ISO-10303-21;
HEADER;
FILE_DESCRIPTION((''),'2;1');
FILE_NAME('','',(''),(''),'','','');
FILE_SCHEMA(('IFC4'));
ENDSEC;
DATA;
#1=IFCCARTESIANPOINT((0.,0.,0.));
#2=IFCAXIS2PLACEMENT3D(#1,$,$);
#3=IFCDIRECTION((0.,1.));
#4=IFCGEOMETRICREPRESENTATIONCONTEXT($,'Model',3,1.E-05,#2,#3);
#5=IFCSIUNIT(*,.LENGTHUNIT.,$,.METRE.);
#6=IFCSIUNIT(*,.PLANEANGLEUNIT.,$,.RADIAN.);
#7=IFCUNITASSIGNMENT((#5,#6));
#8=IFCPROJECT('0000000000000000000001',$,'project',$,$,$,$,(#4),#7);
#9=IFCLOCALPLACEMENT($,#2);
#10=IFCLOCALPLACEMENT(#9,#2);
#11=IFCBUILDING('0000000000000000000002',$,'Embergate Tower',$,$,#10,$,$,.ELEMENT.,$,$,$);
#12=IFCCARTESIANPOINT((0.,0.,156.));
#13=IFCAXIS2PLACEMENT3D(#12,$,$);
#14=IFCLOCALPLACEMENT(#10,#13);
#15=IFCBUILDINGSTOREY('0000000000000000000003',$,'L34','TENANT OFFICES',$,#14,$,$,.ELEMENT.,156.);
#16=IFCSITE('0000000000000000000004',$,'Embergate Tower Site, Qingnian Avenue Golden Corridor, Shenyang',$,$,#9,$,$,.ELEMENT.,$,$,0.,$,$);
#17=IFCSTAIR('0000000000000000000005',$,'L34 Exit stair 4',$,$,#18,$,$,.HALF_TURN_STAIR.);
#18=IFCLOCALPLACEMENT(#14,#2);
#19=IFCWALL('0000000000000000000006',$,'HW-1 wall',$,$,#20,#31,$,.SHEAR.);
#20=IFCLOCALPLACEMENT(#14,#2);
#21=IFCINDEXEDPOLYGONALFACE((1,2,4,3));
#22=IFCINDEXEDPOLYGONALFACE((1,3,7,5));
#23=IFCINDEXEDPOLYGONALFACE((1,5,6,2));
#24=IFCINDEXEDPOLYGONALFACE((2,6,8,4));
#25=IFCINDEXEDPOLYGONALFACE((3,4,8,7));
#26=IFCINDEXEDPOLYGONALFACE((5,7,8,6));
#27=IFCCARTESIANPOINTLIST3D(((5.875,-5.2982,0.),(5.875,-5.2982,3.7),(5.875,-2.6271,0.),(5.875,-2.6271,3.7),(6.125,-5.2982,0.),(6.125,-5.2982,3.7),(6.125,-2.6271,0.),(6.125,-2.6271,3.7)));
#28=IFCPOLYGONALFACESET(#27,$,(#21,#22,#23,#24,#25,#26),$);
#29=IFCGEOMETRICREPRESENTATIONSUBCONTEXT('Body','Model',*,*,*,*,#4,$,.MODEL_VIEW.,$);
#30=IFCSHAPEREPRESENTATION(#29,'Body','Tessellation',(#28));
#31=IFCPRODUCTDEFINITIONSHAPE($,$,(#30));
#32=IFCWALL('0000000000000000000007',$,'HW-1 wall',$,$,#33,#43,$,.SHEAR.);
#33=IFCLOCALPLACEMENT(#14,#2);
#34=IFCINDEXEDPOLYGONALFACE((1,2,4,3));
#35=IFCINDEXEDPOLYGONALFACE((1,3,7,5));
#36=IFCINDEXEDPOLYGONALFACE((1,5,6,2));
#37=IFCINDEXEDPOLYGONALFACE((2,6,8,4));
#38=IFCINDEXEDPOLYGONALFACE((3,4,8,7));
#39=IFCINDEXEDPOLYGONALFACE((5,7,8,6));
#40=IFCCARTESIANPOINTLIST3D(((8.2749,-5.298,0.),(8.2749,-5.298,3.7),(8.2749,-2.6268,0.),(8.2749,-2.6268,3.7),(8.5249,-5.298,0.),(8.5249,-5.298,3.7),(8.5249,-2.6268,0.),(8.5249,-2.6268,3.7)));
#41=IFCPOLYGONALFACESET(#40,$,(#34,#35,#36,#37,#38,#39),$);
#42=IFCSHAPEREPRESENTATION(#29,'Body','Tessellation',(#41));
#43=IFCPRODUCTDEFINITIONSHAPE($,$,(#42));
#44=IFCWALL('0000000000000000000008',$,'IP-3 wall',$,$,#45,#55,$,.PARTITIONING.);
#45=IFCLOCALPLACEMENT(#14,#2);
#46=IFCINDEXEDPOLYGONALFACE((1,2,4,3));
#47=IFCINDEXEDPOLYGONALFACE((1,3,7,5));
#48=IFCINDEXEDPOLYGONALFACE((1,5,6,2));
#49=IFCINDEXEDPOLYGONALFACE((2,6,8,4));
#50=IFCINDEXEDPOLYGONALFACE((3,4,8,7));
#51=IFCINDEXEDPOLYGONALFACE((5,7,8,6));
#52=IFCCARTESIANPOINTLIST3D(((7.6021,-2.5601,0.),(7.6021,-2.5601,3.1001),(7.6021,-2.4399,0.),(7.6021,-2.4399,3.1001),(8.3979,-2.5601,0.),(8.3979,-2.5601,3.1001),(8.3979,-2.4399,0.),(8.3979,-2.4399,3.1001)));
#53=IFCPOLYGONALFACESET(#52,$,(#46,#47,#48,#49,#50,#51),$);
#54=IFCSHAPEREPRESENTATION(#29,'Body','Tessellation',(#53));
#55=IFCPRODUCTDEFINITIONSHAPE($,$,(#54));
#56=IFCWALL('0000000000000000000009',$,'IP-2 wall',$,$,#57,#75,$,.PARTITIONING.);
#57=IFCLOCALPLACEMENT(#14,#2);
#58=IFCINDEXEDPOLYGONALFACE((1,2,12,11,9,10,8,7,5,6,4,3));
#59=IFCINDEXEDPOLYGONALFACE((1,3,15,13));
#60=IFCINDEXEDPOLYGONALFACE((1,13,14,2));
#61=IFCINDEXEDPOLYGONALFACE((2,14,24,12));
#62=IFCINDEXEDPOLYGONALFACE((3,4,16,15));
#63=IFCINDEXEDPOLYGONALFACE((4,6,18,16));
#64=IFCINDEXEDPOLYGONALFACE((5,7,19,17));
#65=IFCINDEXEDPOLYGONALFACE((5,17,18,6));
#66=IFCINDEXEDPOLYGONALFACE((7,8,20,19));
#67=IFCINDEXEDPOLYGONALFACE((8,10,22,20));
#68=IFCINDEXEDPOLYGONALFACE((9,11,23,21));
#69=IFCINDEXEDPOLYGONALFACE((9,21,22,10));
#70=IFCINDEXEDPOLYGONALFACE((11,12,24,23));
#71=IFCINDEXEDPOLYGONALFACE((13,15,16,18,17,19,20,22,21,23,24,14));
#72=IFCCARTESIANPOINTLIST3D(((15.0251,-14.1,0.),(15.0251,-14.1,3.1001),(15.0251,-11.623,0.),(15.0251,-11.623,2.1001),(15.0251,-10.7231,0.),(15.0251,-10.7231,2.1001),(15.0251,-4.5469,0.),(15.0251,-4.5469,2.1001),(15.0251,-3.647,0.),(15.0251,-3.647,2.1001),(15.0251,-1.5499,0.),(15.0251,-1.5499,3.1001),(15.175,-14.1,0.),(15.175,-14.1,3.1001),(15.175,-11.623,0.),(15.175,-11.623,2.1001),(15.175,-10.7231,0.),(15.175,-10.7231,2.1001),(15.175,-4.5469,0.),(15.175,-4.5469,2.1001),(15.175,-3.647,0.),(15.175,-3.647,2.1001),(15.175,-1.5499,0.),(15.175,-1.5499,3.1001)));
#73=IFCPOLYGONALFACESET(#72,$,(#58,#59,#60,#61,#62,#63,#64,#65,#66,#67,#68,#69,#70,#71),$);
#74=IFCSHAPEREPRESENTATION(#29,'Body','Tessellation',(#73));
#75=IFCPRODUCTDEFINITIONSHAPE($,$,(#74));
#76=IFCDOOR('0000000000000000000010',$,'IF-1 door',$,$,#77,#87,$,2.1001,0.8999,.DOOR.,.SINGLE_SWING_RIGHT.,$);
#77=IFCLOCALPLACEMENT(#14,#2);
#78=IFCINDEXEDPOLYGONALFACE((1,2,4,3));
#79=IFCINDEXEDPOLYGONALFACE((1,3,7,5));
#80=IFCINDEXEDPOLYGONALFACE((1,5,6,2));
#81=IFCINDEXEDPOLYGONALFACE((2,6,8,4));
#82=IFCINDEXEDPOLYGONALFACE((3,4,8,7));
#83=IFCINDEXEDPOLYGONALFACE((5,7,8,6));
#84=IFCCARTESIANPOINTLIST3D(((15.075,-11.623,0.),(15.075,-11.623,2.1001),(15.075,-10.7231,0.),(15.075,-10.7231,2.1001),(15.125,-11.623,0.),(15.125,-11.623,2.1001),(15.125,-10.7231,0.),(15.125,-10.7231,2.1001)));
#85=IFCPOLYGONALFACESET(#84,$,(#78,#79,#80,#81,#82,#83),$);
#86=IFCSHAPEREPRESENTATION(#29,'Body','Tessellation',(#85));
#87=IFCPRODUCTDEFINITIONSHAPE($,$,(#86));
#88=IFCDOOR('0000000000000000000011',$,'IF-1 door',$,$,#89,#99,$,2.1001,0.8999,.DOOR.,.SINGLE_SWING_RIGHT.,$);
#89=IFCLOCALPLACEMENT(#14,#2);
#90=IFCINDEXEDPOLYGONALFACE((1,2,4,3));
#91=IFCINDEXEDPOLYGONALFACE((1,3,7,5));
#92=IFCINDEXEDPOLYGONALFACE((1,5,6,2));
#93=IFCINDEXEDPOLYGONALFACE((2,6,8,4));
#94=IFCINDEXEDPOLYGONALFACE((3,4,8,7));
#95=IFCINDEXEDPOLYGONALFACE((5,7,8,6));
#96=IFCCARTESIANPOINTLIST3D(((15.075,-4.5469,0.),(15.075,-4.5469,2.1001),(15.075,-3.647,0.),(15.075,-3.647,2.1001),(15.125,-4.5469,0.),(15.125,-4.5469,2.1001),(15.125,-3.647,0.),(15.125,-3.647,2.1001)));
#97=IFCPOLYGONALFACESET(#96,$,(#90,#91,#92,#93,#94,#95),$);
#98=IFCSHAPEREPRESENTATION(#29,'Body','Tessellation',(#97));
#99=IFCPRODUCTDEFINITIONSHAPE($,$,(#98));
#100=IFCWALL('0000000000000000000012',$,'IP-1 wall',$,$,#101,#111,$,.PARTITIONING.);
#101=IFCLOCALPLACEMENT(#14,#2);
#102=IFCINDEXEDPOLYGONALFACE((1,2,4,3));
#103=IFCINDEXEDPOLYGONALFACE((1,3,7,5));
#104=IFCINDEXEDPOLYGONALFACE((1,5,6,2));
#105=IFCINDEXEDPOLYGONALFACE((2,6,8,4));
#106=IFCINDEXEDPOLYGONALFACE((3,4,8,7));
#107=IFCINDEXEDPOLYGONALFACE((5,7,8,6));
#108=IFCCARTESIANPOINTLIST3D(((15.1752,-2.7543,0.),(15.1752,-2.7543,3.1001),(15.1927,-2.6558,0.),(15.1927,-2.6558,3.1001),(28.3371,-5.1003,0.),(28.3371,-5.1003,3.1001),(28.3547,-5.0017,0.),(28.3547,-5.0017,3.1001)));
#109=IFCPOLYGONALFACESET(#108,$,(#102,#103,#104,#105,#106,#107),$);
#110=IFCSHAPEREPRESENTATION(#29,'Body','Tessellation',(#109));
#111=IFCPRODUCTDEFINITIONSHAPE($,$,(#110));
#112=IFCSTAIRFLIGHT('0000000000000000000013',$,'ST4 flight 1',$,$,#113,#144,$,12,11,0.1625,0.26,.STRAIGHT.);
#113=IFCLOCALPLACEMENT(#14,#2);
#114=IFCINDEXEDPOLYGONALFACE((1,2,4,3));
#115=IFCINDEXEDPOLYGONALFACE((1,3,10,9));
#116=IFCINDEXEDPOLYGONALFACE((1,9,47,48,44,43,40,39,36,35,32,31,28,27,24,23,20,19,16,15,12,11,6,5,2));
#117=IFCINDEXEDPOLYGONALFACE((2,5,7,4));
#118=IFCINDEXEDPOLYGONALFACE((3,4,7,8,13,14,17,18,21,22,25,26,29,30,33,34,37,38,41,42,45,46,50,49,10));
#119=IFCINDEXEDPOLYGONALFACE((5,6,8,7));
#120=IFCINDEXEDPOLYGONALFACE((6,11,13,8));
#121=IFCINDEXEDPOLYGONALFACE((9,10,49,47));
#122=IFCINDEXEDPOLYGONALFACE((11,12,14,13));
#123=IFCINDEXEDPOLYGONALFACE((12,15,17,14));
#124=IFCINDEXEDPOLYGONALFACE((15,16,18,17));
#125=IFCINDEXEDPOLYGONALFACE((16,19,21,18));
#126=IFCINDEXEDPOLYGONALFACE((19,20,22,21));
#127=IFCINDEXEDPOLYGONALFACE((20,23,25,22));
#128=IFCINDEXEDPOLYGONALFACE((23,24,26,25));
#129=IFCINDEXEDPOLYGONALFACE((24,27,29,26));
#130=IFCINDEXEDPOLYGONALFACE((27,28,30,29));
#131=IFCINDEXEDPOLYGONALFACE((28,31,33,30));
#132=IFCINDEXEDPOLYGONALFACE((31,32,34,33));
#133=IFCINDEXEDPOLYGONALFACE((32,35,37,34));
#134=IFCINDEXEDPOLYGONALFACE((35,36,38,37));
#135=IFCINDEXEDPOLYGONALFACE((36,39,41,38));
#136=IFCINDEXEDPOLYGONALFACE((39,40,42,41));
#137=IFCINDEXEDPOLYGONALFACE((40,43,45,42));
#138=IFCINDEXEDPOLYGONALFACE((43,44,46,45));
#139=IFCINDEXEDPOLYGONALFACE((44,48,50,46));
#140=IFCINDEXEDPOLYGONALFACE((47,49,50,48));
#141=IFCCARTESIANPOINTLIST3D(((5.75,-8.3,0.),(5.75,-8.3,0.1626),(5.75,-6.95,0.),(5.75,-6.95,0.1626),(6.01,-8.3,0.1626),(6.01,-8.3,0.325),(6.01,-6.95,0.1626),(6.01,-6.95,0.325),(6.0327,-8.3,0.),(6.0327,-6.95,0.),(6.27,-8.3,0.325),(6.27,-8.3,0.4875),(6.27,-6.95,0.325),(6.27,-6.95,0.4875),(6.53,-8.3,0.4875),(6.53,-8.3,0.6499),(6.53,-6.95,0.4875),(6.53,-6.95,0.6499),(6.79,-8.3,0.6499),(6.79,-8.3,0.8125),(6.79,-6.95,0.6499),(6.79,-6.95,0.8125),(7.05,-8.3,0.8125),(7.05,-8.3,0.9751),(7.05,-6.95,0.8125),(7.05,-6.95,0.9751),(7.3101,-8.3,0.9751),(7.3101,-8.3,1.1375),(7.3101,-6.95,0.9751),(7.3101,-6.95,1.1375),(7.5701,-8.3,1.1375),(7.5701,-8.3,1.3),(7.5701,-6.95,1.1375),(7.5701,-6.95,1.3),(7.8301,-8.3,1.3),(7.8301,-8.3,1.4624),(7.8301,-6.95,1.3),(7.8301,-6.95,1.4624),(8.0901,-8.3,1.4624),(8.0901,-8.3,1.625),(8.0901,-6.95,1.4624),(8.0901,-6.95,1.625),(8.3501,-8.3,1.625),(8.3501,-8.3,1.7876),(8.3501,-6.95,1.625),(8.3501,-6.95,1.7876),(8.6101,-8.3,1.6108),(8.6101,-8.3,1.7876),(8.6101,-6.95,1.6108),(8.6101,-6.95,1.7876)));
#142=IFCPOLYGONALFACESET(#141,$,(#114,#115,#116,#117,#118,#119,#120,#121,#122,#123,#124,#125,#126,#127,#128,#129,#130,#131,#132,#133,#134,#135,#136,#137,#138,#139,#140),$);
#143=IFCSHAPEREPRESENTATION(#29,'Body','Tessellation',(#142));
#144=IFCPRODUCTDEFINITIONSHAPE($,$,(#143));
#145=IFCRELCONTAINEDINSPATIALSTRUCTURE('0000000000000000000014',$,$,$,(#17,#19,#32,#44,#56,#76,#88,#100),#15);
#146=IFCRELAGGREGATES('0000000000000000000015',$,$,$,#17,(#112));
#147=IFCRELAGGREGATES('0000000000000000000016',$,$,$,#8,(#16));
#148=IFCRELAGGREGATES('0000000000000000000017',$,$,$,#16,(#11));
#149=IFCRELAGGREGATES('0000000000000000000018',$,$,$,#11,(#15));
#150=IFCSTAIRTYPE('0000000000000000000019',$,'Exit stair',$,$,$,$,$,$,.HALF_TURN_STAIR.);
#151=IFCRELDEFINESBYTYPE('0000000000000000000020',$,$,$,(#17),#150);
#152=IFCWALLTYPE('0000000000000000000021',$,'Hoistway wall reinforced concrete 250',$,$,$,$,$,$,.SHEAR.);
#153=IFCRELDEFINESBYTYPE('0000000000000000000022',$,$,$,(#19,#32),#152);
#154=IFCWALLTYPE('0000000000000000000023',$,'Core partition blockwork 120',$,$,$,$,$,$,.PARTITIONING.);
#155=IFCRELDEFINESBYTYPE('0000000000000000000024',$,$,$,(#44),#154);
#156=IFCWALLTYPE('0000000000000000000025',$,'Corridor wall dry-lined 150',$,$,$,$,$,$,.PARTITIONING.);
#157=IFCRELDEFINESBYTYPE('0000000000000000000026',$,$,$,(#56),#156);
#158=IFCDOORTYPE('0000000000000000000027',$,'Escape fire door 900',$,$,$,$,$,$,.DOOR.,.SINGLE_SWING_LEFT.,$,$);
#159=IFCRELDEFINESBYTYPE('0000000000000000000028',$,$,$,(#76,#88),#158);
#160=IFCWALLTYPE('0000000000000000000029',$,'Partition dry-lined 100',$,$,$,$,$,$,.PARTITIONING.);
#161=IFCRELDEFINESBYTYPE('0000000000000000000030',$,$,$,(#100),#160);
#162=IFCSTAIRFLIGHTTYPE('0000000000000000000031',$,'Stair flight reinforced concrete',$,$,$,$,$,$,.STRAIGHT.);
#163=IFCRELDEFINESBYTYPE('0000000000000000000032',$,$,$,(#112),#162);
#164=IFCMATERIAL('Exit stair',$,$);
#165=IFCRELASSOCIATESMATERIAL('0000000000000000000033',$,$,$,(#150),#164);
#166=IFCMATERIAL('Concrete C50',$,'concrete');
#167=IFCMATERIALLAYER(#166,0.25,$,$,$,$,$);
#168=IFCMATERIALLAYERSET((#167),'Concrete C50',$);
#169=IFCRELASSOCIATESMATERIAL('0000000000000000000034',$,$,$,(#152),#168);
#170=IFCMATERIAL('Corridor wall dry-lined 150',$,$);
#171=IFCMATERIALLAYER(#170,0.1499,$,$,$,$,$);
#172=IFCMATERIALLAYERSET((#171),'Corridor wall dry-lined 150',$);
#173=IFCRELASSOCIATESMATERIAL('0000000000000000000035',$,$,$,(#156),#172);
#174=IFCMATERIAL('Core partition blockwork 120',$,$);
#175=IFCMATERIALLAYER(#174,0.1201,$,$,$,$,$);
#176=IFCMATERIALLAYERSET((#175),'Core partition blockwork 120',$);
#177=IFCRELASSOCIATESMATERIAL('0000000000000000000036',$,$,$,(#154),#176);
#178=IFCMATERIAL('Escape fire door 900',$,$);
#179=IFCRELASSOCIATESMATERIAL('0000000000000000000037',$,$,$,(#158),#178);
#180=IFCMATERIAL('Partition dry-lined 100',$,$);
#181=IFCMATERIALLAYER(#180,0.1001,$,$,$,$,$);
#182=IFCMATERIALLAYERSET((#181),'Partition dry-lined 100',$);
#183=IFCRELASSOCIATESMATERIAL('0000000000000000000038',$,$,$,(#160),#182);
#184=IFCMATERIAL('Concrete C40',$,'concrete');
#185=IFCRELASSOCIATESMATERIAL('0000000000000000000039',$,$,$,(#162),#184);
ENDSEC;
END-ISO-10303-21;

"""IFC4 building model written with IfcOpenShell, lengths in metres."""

from ifc_helpers import new_model, si_unit, direction, frame, frame_2d, origin, place, context, subcontext, project, spatial, polyline, rectangle, outline, extrude, source, transform, mapped, material, layer, layer_set, type_object, element, fill, aggregate, save


model = new_model("IFC4")

# Units and contexts
model_context = context("Model", 3, precision=1e-05, world=origin(), true_north=direction((0.0, 1.0)))
body_context = subcontext(model_context, "Body", "Model", "MODEL_VIEW")
ifc_project = project(units=[si_unit("LENGTHUNIT", "METRE"), si_unit("PLANEANGLEUNIT", "RADIAN")], contexts=[model_context])

# Site, building, storey
site_placement = place(None, origin())
site = spatial("IfcSite", under=ifc_project, at=site_placement, Name="Embergate Tower Site, Qingnian Avenue Golden Corridor, Shenyang", CompositionType="ELEMENT", RefElevation=0.0)
building_placement = place(site_placement, origin())
building = spatial("IfcBuilding", under=site, at=building_placement, Name="Embergate Tower", CompositionType="ELEMENT")
storey_placement = place(building_placement, frame((0.0, 0.0, 156.0)))
storey = spatial("IfcBuildingStorey", under=building, at=storey_placement, Name="L34", Description="TENANT OFFICES", CompositionType="ELEMENT", Elevation=156.0)

# Stair
ifc_material_1 = material(Name="Exit stair")
stair_type = type_object("IfcStairType", Name="Exit stair", PredefinedType="HALF_TURN_STAIR", material=ifc_material_1)
stair_placement = place(storey_placement, origin())
stair = element("IfcStair", 1, at=stair_placement, inside=storey, type_object=stair_type, Name="L34 Exit stair 4", PredefinedType="HALF_TURN_STAIR")
ifc_material_2 = material(Name="Concrete C40", Category="concrete")

# Shared definitions
ifc_material_3 = material(Name="Concrete C50", Category="concrete")
ifc_layer_1 = layer(ifc_material_3, 0.25)
ifc_layer_set_1 = layer_set([ifc_layer_1], Name="Concrete C50")
wall_type_1 = type_object("IfcWallType", Name="Hoistway wall reinforced concrete 250", PredefinedType="SHEAR", material=ifc_layer_set_1)

# Shared definitions
ifc_material_4 = material(Name="Corridor wall dry-lined 150")
ifc_layer_2 = layer(ifc_material_4, 0.1499)
ifc_layer_set_2 = layer_set([ifc_layer_2], Name="Corridor wall dry-lined 150")
wall_type_2 = type_object("IfcWallType", Name="Corridor wall dry-lined 150", PredefinedType="PARTITIONING", material=ifc_layer_set_2)

# Shared definitions
ifc_material_5 = material(Name="Core partition blockwork 120")
ifc_layer_3 = layer(ifc_material_5, 0.1201)
ifc_layer_set_3 = layer_set([ifc_layer_3], Name="Core partition blockwork 120")
wall_type_3 = type_object("IfcWallType", Name="Core partition blockwork 120", PredefinedType="PARTITIONING", material=ifc_layer_set_3)

# Shared definitions
shared_shape_1 = source(origin(), body_context, "Body", "SweptSolid", [
    extrude(rectangle(XDim=0.8999, YDim=2.1001, at=frame_2d((0.45, 1.05))), frame((0.0, 0.0249, 0.0), z_axis=(0.0, -1.0, 0.0), x_axis=(1.0, 0.0, 0.0)), (0.0, 0.0, 1.0), 0.05),
])

# Walls
shared_shape_2 = source(origin(), body_context, "Body", "SweptSolid", [
    extrude(rectangle(XDim=2.6711, YDim=0.25, at=frame_2d((1.3354, 0.0))), origin(), (0.0, 0.0, 1.0), 3.7),
])
for number, where, z_axis, x_axis, name in (
    (2, (6.0, -5.2981, 0.0), (0.0, 0.0, 1.0), (0.0, 1.0, 0.0), "HW-1 wall"),
    (3, (8.3999, -2.627, 0.0), (0.0, 0.0, 1.0), (0.0, -1.0, 0.0), "HW-1 wall"),
):
    element("IfcWall", number, at=place(storey_placement, frame(where, z_axis=z_axis, x_axis=x_axis)), inside=storey, type_object=wall_type_1, Name=name, PredefinedType="SHEAR", context=body_context, shape_type="MappedRepresentation", body=[
        mapped(shared_shape_2, transform((0.0, 0.0, 0.0))),
    ])
shared_shape_3 = source(origin(), body_context, "Body", "SweptSolid", [
    extrude(rectangle(XDim=0.7959, YDim=0.1201, at=frame_2d((0.3979, 0.0))), origin(), (0.0, 0.0, 1.0), 3.1001),
])
wall_1_placement = place(storey_placement, frame((7.6021, -2.5, 0.0), z_axis=(0.0, 0.0, 1.0), x_axis=(1.0, 0.0, 0.0)))
element("IfcWall", 4, at=wall_1_placement, inside=storey, type_object=wall_type_3, Name="IP-3 wall", PredefinedType="PARTITIONING", context=body_context, shape_type="MappedRepresentation", body=[
    mapped(shared_shape_3, transform((0.0, 0.0, 0.0))),
])

# Wall, openings, doors
shared_shape_4 = source(origin(), body_context, "Body", "SweptSolid", [
    extrude(rectangle(XDim=12.55, YDim=0.1499, at=frame_2d((6.2749, 0.0))), origin(), (0.0, 0.0, 1.0), 3.1001),
])
wall_2_placement = place(storey_placement, frame((15.1001, -1.55, 0.0), z_axis=(0.0, 0.0, 1.0), x_axis=(0.0, -1.0, 0.0)))
wall_2 = element("IfcWall", 5, at=wall_2_placement, inside=storey, type_object=wall_type_2, Name="IP-2 wall", PredefinedType="PARTITIONING", context=body_context, shape_type="MappedRepresentation", body=[
    mapped(shared_shape_4, transform((0.0, 0.0, 0.0))),
])
shared_shape_5 = source(origin(), body_context, "Body", "SweptSolid", [
    extrude(rectangle(XDim=0.8999, YDim=2.1001, at=frame_2d((0.45, 1.05))), frame((0.0, 0.085, 0.0), z_axis=(0.0, -1.0, 0.0), x_axis=(1.0, 0.0, 0.0)), (0.0, 0.0, 1.0), 0.1699),
])
opening_1_placement = place(wall_2_placement, frame((9.1731, 0.0, 0.0)))
opening_1 = element("IfcOpeningElement", 6, at=opening_1_placement, cuts=wall_2, PredefinedType="OPENING", context=body_context, shape_type="MappedRepresentation", body=[
    mapped(shared_shape_5, transform((0.0, 0.0, 0.0))),
])
opening_2_placement = place(wall_2_placement, frame((2.0969, 0.0, 0.0)))
opening_2 = element("IfcOpeningElement", 7, at=opening_2_placement, cuts=wall_2, PredefinedType="OPENING", context=body_context, shape_type="MappedRepresentation", body=[
    mapped(shared_shape_5, transform((0.0, 0.0, 0.0))),
])
ifc_material_6 = material(Name="Escape fire door 900")
door_type_1 = type_object("IfcDoorType", Name="Escape fire door 900", OperationType="SINGLE_SWING_LEFT", PredefinedType="DOOR", material=ifc_material_6)
door_1_placement = place(opening_1_placement, origin())
door_1 = element("IfcDoor", 8, at=door_1_placement, inside=storey, type_object=door_type_1, Name="IF-1 door", OperationType="SINGLE_SWING_RIGHT", OverallHeight=2.1001, OverallWidth=0.8999, PredefinedType="DOOR", context=body_context, shape_type="MappedRepresentation", body=[
    mapped(shared_shape_1, transform((0.0, 0.0, 0.0))),
])
fill(opening_1, door_1)
door_2_placement = place(opening_2_placement, origin())
door_2 = element("IfcDoor", 9, at=door_2_placement, inside=storey, type_object=door_type_1, Name="IF-1 door", OperationType="SINGLE_SWING_RIGHT", OverallHeight=2.1001, OverallWidth=0.8999, PredefinedType="DOOR", context=body_context, shape_type="MappedRepresentation", body=[
    mapped(shared_shape_1, transform((0.0, 0.0, 0.0))),
])
fill(opening_2, door_2)

# Wall
ifc_material_7 = material(Name="Partition dry-lined 100")
ifc_layer_4 = layer(ifc_material_7, 0.1001)
ifc_layer_set_4 = layer_set([ifc_layer_4], Name="Partition dry-lined 100")
wall_type_4 = type_object("IfcWallType", Name="Partition dry-lined 100", PredefinedType="PARTITIONING", material=ifc_layer_set_4)
shared_shape_6 = source(origin(), body_context, "Body", "SweptSolid", [
    extrude(rectangle(XDim=13.3694, YDim=0.1001, at=frame_2d((6.6846, 0.0))), origin(), (0.0, 0.0, 1.0), 3.1001),
])
wall_3_placement = place(storey_placement, frame((15.1841, -2.7051, 0.0), z_axis=(0.0, 0.0, 1.0), x_axis=(0.984484, -0.175473, 0.0)))
element("IfcWall", 10, at=wall_3_placement, inside=storey, type_object=wall_type_4, Name="IP-1 wall", PredefinedType="PARTITIONING", context=body_context, shape_type="MappedRepresentation", body=[
    mapped(shared_shape_6, transform((0.0, 0.0, 0.0))),
])

# Stair flight
stair_flight_type = type_object("IfcStairFlightType", Name="Stair flight reinforced concrete", PredefinedType="STRAIGHT", material=ifc_material_2)
shared_shape_7 = source(origin(), body_context, "Body", "SweptSolid", [
    extrude(outline(polyline([(0.0, 0.0), (0.0, 0.1626), (0.26, 0.1626), (0.26, 0.325), (0.52, 0.325), (0.52, 0.4875), (0.78, 0.4875), (0.78, 0.6499), (1.04, 0.6499), (1.04, 0.8125), (1.3, 0.8125), (1.3, 0.9751), (1.5601, 0.9751), (1.5601, 1.1375), (1.8201, 1.1375), (1.8201, 1.3), (2.0801, 1.3), (2.0801, 1.4624), (2.3401, 1.4624), (2.3401, 1.625), (2.6001, 1.625), (2.6001, 1.7876), (2.8601, 1.7876), (2.8601, 1.95), (2.8601, 1.6108), (0.2827, 0.0), (0.0, 0.0)])), frame((0.0, 0.675, 0.0), z_axis=(0.0, -1.0, 0.0), x_axis=(1.0, 0.0, 0.0)), (0.0, 0.0, 1.0), 1.3501),
])
stair_flight_1_placement = place(storey_placement, frame((5.75, -7.625, 0.0), z_axis=(0.0, 0.0, 1.0), x_axis=(1.0, 0.0, 0.0)))
stair_flight_1 = element("IfcStairFlight", 11, at=stair_flight_1_placement, type_object=stair_flight_type, Name="ST4 flight 1", NumberOfRisers=12, NumberOfTreads=11, PredefinedType="STRAIGHT", RiserHeight=0.1625, TreadLength=0.26, context=body_context, shape_type="MappedRepresentation", body=[
    mapped(shared_shape_7, transform((0.0, 0.0, 0.0))),
])
aggregate(stair, [stair_flight_1])

save(model, "model.ifc")
